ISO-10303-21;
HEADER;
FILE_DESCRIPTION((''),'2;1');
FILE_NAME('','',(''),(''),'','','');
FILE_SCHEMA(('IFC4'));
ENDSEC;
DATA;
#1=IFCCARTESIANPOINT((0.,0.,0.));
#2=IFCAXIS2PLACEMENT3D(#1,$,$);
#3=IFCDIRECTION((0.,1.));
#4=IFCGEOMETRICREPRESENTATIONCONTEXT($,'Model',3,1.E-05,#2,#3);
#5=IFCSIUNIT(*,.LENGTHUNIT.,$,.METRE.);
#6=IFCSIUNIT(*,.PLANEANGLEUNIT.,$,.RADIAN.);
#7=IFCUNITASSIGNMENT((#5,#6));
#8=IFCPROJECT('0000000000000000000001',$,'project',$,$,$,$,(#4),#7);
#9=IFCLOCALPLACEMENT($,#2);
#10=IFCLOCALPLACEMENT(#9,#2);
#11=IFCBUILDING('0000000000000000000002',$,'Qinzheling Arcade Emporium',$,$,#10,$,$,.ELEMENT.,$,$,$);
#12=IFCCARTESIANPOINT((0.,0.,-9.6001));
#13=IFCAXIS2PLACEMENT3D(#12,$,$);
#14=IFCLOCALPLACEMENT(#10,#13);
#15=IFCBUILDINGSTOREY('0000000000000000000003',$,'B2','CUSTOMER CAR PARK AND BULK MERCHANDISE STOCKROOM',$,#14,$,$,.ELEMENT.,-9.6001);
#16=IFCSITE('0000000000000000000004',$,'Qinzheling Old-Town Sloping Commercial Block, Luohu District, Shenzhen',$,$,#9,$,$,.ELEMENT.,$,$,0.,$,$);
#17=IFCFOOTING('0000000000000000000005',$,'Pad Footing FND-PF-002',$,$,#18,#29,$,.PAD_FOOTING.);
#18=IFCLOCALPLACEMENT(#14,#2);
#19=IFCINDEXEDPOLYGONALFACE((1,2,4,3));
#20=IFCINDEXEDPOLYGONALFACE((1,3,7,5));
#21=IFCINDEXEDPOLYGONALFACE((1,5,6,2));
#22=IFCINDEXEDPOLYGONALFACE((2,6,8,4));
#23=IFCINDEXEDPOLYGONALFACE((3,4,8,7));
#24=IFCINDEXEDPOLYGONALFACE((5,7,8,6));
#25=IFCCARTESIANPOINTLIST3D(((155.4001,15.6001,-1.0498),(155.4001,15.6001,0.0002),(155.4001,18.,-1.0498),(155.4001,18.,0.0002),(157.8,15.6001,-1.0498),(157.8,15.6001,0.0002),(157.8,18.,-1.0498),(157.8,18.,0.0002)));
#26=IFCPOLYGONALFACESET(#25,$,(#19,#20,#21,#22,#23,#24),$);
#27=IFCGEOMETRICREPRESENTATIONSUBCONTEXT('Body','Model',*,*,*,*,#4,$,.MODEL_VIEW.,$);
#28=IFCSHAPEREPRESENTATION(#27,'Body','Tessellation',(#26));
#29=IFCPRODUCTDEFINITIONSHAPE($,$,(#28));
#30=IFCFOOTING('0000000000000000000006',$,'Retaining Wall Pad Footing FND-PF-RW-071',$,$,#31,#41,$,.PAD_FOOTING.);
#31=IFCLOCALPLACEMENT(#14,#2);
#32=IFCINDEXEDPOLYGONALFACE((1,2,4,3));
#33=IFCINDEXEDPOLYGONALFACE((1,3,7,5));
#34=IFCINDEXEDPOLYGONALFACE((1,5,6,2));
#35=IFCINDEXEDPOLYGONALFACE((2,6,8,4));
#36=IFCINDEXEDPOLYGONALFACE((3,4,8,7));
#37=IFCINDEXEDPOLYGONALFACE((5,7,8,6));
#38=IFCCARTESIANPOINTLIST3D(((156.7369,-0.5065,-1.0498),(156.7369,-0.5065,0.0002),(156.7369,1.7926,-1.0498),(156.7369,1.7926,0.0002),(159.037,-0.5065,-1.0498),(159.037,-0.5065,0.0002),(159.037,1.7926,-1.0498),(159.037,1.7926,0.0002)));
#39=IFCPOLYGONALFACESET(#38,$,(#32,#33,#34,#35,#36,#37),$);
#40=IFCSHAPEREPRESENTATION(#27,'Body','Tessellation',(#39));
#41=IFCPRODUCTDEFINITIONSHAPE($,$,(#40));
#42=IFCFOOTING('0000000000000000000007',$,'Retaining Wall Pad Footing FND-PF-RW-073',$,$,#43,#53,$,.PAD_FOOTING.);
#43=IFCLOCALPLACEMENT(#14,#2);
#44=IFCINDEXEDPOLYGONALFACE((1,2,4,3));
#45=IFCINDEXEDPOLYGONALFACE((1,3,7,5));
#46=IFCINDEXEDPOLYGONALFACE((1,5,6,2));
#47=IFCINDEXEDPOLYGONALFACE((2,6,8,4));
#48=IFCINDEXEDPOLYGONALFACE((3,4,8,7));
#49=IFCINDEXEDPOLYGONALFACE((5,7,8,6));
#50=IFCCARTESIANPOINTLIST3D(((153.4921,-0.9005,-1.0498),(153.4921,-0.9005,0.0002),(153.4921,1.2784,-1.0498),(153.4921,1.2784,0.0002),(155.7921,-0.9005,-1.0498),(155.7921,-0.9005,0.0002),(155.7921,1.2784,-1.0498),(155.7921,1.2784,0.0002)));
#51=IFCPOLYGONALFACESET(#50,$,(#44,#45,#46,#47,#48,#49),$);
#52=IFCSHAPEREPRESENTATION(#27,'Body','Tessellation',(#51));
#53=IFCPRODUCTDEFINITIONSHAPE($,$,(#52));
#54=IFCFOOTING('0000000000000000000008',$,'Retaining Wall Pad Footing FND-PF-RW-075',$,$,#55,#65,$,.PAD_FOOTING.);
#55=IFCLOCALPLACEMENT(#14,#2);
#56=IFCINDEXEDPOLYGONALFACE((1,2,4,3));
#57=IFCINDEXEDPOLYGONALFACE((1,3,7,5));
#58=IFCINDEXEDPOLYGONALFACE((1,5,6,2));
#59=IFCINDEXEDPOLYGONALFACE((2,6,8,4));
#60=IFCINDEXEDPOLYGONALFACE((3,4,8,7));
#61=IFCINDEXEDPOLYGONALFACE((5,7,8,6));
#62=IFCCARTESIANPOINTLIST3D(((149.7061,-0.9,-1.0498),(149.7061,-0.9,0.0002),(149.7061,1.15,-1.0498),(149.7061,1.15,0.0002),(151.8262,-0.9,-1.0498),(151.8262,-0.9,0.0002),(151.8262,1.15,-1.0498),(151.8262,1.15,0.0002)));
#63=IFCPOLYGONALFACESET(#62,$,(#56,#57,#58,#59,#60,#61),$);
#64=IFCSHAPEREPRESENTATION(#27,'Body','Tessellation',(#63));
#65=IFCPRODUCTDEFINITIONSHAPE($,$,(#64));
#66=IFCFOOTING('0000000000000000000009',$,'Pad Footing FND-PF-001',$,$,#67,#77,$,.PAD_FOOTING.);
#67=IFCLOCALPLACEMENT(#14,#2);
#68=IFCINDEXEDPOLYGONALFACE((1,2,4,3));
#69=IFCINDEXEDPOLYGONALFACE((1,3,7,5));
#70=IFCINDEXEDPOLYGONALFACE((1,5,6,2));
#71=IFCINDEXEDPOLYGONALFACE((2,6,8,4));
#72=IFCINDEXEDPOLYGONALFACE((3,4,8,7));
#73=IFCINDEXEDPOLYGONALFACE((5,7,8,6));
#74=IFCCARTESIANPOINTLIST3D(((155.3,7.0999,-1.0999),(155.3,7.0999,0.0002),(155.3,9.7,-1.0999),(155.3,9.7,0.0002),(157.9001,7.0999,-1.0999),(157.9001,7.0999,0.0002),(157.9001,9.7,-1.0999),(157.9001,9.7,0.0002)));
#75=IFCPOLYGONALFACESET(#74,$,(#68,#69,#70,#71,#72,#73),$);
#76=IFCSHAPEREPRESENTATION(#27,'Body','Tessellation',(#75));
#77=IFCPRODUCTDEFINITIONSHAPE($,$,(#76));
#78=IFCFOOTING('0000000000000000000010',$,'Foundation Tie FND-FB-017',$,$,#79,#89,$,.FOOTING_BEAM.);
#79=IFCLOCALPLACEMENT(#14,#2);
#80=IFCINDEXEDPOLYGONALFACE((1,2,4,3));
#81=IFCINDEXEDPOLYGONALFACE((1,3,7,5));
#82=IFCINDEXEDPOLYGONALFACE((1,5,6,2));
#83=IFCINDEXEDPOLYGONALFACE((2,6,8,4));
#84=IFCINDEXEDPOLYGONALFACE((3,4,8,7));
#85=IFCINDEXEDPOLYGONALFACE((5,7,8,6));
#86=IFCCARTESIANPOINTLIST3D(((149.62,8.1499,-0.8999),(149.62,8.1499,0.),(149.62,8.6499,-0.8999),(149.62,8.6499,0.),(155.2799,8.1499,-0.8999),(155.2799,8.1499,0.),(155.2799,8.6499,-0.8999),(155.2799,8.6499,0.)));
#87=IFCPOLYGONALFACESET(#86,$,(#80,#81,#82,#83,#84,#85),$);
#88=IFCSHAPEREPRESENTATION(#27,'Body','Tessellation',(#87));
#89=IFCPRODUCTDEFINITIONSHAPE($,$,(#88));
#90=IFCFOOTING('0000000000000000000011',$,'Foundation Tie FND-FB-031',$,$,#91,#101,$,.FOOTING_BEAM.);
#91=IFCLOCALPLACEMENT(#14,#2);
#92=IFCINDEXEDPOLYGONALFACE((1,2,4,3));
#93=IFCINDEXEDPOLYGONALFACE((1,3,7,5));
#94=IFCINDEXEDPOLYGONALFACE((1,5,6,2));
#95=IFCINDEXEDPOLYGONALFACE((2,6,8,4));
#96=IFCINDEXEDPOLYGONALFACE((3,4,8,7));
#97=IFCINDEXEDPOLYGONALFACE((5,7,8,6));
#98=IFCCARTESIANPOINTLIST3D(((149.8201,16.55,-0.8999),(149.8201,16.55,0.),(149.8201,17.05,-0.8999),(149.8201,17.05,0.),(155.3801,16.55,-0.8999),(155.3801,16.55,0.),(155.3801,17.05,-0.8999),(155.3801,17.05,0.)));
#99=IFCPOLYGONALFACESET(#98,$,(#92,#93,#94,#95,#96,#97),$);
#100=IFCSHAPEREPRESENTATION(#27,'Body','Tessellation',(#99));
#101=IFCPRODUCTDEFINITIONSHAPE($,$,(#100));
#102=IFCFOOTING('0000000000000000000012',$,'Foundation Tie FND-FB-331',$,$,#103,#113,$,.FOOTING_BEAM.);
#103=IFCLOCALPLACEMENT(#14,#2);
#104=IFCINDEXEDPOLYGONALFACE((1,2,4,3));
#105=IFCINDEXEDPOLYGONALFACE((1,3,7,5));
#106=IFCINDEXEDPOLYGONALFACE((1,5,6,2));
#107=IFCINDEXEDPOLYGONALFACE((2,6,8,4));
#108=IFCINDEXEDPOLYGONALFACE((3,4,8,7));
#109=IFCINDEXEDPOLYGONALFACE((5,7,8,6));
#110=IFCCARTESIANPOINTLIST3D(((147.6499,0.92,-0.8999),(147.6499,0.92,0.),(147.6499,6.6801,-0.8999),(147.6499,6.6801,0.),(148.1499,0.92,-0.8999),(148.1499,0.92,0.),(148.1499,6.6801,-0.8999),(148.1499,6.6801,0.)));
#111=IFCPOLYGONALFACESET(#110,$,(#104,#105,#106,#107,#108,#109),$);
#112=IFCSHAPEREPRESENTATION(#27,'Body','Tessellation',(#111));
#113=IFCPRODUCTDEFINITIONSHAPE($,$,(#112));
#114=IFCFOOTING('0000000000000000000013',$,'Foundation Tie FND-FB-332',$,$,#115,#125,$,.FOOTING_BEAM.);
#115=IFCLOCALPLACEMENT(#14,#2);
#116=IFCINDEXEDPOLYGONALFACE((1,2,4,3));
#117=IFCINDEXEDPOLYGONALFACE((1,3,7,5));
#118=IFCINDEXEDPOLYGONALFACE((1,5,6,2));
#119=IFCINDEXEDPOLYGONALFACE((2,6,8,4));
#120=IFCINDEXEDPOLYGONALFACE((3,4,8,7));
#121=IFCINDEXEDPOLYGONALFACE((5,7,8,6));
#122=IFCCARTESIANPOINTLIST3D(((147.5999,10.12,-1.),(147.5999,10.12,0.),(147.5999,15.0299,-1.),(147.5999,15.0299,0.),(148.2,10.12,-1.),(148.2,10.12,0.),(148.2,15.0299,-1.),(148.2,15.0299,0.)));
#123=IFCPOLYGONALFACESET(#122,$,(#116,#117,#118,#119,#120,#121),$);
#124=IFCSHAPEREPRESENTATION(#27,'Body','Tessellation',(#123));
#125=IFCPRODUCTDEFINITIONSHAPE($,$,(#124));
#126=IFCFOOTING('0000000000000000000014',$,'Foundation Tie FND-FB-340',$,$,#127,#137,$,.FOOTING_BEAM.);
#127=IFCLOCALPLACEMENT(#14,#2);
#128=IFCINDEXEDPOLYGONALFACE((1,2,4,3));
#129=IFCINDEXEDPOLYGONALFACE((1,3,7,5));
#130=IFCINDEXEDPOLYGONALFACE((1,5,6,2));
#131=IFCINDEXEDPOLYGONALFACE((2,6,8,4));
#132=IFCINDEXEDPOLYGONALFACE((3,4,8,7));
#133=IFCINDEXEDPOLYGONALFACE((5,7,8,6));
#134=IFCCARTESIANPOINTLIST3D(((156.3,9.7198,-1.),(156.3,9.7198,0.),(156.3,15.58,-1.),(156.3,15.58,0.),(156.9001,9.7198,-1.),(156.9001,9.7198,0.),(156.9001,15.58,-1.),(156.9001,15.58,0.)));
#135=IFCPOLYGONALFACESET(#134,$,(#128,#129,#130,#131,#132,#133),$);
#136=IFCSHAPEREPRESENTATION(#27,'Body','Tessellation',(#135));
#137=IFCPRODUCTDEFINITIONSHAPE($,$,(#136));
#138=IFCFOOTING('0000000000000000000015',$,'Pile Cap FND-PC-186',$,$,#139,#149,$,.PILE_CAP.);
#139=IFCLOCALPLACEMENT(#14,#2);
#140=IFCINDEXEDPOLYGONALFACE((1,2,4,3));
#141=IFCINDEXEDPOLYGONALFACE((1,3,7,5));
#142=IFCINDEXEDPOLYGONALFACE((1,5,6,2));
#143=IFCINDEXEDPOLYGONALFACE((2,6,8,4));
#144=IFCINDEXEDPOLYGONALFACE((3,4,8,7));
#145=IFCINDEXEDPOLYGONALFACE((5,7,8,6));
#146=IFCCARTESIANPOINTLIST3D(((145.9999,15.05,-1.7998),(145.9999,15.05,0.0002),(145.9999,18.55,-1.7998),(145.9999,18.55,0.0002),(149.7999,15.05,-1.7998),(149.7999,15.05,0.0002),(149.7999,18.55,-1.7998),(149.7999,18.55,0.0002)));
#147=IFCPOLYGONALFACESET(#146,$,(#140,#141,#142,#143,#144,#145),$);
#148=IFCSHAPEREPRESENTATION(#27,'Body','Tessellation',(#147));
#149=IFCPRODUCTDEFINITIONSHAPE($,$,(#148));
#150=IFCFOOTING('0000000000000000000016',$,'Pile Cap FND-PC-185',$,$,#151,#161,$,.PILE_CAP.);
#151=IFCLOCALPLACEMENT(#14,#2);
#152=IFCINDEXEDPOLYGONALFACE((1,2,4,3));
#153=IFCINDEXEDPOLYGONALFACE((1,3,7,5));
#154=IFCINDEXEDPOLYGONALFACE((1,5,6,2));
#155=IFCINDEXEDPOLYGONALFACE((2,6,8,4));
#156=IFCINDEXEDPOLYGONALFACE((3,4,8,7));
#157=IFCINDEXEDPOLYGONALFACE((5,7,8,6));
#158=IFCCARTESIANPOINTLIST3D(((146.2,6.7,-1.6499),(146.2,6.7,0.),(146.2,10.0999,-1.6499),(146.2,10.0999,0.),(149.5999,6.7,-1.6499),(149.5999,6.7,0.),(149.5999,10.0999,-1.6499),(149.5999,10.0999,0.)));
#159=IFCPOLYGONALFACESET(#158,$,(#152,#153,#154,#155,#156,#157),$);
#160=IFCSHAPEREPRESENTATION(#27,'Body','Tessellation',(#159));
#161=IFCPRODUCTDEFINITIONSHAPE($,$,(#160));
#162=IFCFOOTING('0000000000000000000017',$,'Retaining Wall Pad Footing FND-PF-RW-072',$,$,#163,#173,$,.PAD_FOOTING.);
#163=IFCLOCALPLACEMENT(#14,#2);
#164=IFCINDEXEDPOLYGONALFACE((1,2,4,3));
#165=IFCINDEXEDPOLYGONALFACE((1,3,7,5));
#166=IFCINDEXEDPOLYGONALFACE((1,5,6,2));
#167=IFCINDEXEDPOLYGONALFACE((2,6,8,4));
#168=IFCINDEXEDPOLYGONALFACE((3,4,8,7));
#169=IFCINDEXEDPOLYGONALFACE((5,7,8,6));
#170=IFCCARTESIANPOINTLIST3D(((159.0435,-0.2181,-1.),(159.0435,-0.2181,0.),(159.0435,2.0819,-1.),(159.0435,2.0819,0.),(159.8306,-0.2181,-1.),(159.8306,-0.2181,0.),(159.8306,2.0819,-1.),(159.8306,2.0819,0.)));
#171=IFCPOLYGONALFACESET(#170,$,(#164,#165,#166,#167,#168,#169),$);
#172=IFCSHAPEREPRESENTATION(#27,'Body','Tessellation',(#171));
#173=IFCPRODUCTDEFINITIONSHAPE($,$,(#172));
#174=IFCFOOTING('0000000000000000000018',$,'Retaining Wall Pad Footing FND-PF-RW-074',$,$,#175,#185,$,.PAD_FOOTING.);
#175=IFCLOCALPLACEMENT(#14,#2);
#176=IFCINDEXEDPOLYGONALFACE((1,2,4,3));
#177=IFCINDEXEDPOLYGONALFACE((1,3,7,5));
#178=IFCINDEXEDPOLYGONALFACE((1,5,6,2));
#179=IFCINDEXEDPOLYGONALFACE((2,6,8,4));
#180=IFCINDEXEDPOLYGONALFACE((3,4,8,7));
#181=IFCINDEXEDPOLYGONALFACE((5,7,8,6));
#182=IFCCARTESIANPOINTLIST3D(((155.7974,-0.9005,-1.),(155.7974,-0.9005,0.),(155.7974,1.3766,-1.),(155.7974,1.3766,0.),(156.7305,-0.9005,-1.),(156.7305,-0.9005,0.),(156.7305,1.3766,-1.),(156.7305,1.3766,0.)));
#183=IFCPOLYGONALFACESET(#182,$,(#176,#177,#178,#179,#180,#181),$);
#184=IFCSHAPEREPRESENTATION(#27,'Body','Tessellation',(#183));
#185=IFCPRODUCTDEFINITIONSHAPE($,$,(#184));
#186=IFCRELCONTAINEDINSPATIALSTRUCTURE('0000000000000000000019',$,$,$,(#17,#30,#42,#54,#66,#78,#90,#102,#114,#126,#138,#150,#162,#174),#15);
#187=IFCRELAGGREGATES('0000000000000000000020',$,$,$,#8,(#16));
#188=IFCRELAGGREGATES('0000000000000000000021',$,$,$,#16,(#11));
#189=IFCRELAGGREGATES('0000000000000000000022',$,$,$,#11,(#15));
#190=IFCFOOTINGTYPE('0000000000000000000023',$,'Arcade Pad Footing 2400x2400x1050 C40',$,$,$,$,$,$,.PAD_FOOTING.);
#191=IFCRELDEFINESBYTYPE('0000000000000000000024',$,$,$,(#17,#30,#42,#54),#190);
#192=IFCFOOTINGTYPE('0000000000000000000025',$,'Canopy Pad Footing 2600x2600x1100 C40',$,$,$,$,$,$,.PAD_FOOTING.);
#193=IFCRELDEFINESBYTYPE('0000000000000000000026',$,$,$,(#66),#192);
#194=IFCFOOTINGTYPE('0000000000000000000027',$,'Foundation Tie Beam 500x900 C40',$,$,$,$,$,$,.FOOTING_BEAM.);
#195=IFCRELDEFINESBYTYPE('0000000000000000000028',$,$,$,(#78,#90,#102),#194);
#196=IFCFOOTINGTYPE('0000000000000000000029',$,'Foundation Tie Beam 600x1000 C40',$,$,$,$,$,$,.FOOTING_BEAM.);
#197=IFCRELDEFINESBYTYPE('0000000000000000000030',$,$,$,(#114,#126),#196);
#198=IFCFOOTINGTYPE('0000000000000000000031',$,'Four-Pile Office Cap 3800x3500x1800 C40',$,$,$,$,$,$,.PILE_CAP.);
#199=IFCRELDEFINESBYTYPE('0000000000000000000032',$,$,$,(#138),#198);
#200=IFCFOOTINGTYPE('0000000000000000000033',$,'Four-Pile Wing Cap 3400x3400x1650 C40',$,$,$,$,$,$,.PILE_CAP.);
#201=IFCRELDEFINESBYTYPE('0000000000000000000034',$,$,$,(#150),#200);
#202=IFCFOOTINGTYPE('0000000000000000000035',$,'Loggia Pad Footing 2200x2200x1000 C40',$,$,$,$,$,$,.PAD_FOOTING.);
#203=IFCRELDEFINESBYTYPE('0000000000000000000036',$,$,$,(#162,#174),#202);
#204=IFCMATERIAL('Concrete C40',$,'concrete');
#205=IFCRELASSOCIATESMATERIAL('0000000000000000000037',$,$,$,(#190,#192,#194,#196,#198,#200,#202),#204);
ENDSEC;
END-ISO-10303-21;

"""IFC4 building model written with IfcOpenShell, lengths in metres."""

from ifc_helpers import new_model, si_unit, direction, frame, origin, origin_2d, place, context, subcontext, project, spatial, rectangle, extrude, material, type_object, element, save


model = new_model("IFC4")

# Units and contexts
model_context = context("Model", 3, precision=1e-05, world=origin(), true_north=direction((0.0, 1.0)))
body_context = subcontext(model_context, "Body", "Model", "MODEL_VIEW")
ifc_project = project(units=[si_unit("LENGTHUNIT", "METRE"), si_unit("PLANEANGLEUNIT", "RADIAN")], contexts=[model_context])

# Site, building, storey
site_placement = place(None, origin())
site = spatial("IfcSite", under=ifc_project, at=site_placement, Name="Qinzheling Old-Town Sloping Commercial Block, Luohu District, Shenzhen", CompositionType="ELEMENT", RefElevation=0.0)
building_placement = place(site_placement, origin())
building = spatial("IfcBuilding", under=site, at=building_placement, Name="Qinzheling Arcade Emporium", CompositionType="ELEMENT")
storey_placement = place(building_placement, frame((0.0, 0.0, -9.6001)))
storey = spatial("IfcBuildingStorey", under=building, at=storey_placement, Name="B2", Description="CUSTOMER CAR PARK AND BULK MERCHANDISE STOCKROOM", CompositionType="ELEMENT", Elevation=-9.6001)

# Footings
ifc_material_1 = material(Name="Concrete C40", Category="concrete")
footing_type_1 = type_object("IfcFootingType", Name="Arcade Pad Footing 2400x2400x1050 C40", PredefinedType="PAD_FOOTING", material=ifc_material_1)
footing_1_placement = place(storey_placement, frame((156.6001, 16.8, -1.0498), z_axis=(0.0, 0.0, 1.0), x_axis=(1.0, 0.0, 0.0)))
element("IfcFooting", 1, at=footing_1_placement, inside=storey, type_object=footing_type_1, Name="Pad Footing FND-PF-002", PredefinedType="PAD_FOOTING", context=body_context, shape_type="SweptSolid", body=[
    extrude(rectangle(XDim=2.3999, YDim=2.3999, at=origin_2d()), origin(), (0.0, 0.0, 1.0), 1.05),
])
footing_2_placement = place(storey_placement, frame((157.887, 0.6431, -1.0498), z_axis=(0.0, 0.0, 1.0), x_axis=(1.0, 0.0, 0.0)))
element("IfcFooting", 2, at=footing_2_placement, inside=storey, type_object=footing_type_1, Name="Retaining Wall Pad Footing FND-PF-RW-071", PredefinedType="PAD_FOOTING", context=body_context, shape_type="SweptSolid", body=[
    extrude(rectangle(XDim=2.3, YDim=2.2991, at=origin_2d()), origin(), (0.0, 0.0, 1.0), 1.05),
])
footing_3_placement = place(storey_placement, frame((154.6421, 0.189, -1.0498), z_axis=(0.0, 0.0, 1.0), x_axis=(1.0, 0.0, 0.0)))
element("IfcFooting", 3, at=footing_3_placement, inside=storey, type_object=footing_type_1, Name="Retaining Wall Pad Footing FND-PF-RW-073", PredefinedType="PAD_FOOTING", context=body_context, shape_type="SweptSolid", body=[
    extrude(rectangle(XDim=2.3, YDim=2.179, at=origin_2d()), origin(), (0.0, 0.0, 1.0), 1.05),
])
footing_4_placement = place(storey_placement, frame((150.7661, 0.125, -1.0498), z_axis=(0.0, 0.0, 1.0), x_axis=(1.0, 0.0, 0.0)))
element("IfcFooting", 4, at=footing_4_placement, inside=storey, type_object=footing_type_1, Name="Retaining Wall Pad Footing FND-PF-RW-075", PredefinedType="PAD_FOOTING", context=body_context, shape_type="SweptSolid", body=[
    extrude(rectangle(XDim=2.1201, YDim=2.05, at=origin_2d()), origin(), (0.0, 0.0, 1.0), 1.05),
])
footing_type_2 = type_object("IfcFootingType", Name="Canopy Pad Footing 2600x2600x1100 C40", PredefinedType="PAD_FOOTING", material=ifc_material_1)
footing_5_placement = place(storey_placement, frame((156.6001, 8.3999, -1.0999), z_axis=(0.0, 0.0, 1.0), x_axis=(1.0, 0.0, 0.0)))
element("IfcFooting", 5, at=footing_5_placement, inside=storey, type_object=footing_type_2, Name="Pad Footing FND-PF-001", PredefinedType="PAD_FOOTING", context=body_context, shape_type="SweptSolid", body=[
    extrude(rectangle(XDim=2.6001, YDim=2.6001, at=origin_2d()), origin(), (0.0, 0.0, 1.0), 1.1001),
])
footing_type_3 = type_object("IfcFootingType", Name="Foundation Tie Beam 500x900 C40", PredefinedType="FOOTING_BEAM", material=ifc_material_1)
footing_6_placement = place(storey_placement, frame((152.45, 8.3999, -0.8999), z_axis=(0.0, 0.0, 1.0), x_axis=(1.0, 0.0, 0.0)))
element("IfcFooting", 6, at=footing_6_placement, inside=storey, type_object=footing_type_3, Name="Foundation Tie FND-FB-017", PredefinedType="FOOTING_BEAM", context=body_context, shape_type="SweptSolid", body=[
    extrude(rectangle(XDim=5.6599, YDim=0.5, at=origin_2d()), origin(), (0.0, 0.0, 1.0), 0.8999),
])
footing_7_placement = place(storey_placement, frame((152.6001, 16.8, -0.8999), z_axis=(0.0, 0.0, 1.0), x_axis=(1.0, 0.0, 0.0)))
element("IfcFooting", 7, at=footing_7_placement, inside=storey, type_object=footing_type_3, Name="Foundation Tie FND-FB-031", PredefinedType="FOOTING_BEAM", context=body_context, shape_type="SweptSolid", body=[
    extrude(rectangle(XDim=5.5601, YDim=0.5, at=origin_2d()), origin(), (0.0, 0.0, 1.0), 0.8999),
])
footing_8_placement = place(storey_placement, frame((147.8999, 3.8, -0.8999), z_axis=(0.0, 0.0, 1.0), x_axis=(1.0, 0.0, 0.0)))
element("IfcFooting", 8, at=footing_8_placement, inside=storey, type_object=footing_type_3, Name="Foundation Tie FND-FB-331", PredefinedType="FOOTING_BEAM", context=body_context, shape_type="SweptSolid", body=[
    extrude(rectangle(XDim=0.5, YDim=5.76, at=origin_2d()), origin(), (0.0, 0.0, 1.0), 0.8999),
])
footing_type_4 = type_object("IfcFootingType", Name="Foundation Tie Beam 600x1000 C40", PredefinedType="FOOTING_BEAM", material=ifc_material_1)
footing_9_placement = place(storey_placement, frame((147.8999, 12.575, -1.0), z_axis=(0.0, 0.0, 1.0), x_axis=(1.0, 0.0, 0.0)))
element("IfcFooting", 9, at=footing_9_placement, inside=storey, type_object=footing_type_4, Name="Foundation Tie FND-FB-332", PredefinedType="FOOTING_BEAM", context=body_context, shape_type="SweptSolid", body=[
    extrude(rectangle(XDim=0.6001, YDim=4.9099, at=origin_2d()), origin(), (0.0, 0.0, 1.0), 1.0),
])
footing_10_placement = place(storey_placement, frame((156.6001, 12.6499, -1.0), z_axis=(0.0, 0.0, 1.0), x_axis=(1.0, 0.0, 0.0)))
element("IfcFooting", 10, at=footing_10_placement, inside=storey, type_object=footing_type_4, Name="Foundation Tie FND-FB-340", PredefinedType="FOOTING_BEAM", context=body_context, shape_type="SweptSolid", body=[
    extrude(rectangle(XDim=0.6001, YDim=5.8601, at=origin_2d()), origin(), (0.0, 0.0, 1.0), 1.0),
])
footing_type_5 = type_object("IfcFootingType", Name="Four-Pile Office Cap 3800x3500x1800 C40", PredefinedType="PILE_CAP", material=ifc_material_1)
footing_11_placement = place(storey_placement, frame((147.8999, 16.8, -1.7998), z_axis=(0.0, 0.0, 1.0), x_axis=(1.0, 0.0, 0.0)))
element("IfcFooting", 11, at=footing_11_placement, inside=storey, type_object=footing_type_5, Name="Pile Cap FND-PC-186", PredefinedType="PILE_CAP", context=body_context, shape_type="SweptSolid", body=[
    extrude(rectangle(XDim=3.8, YDim=3.5, at=origin_2d()), origin(), (0.0, 0.0, 1.0), 1.8),
])
footing_type_6 = type_object("IfcFootingType", Name="Four-Pile Wing Cap 3400x3400x1650 C40", PredefinedType="PILE_CAP", material=ifc_material_1)
footing_12_placement = place(storey_placement, frame((147.8999, 8.3999, -1.6499), z_axis=(0.0, 0.0, 1.0), x_axis=(1.0, 0.0, 0.0)))
element("IfcFooting", 12, at=footing_12_placement, inside=storey, type_object=footing_type_6, Name="Pile Cap FND-PC-185", PredefinedType="PILE_CAP", context=body_context, shape_type="SweptSolid", body=[
    extrude(rectangle(XDim=3.3999, YDim=3.3999, at=origin_2d()), origin(), (0.0, 0.0, 1.0), 1.6499),
])
footing_type_7 = type_object("IfcFootingType", Name="Loggia Pad Footing 2200x2200x1000 C40", PredefinedType="PAD_FOOTING", material=ifc_material_1)
footing_13_placement = place(storey_placement, frame((159.437, 0.9319, -1.0), z_axis=(0.0, 0.0, 1.0), x_axis=(1.0, 0.0, 0.0)))
element("IfcFooting", 13, at=footing_13_placement, inside=storey, type_object=footing_type_7, Name="Retaining Wall Pad Footing FND-PF-RW-072", PredefinedType="PAD_FOOTING", context=body_context, shape_type="SweptSolid", body=[
    extrude(rectangle(XDim=0.7871, YDim=2.3, at=origin_2d()), origin(), (0.0, 0.0, 1.0), 1.0),
])
footing_14_placement = place(storey_placement, frame((156.2639, 0.238, -1.0), z_axis=(0.0, 0.0, 1.0), x_axis=(1.0, 0.0, 0.0)))
element("IfcFooting", 14, at=footing_14_placement, inside=storey, type_object=footing_type_7, Name="Retaining Wall Pad Footing FND-PF-RW-074", PredefinedType="PAD_FOOTING", context=body_context, shape_type="SweptSolid", body=[
    extrude(rectangle(XDim=0.9331, YDim=2.2771, at=origin_2d()), origin(), (0.0, 0.0, 1.0), 1.0),
])

save(model, "model.ifc")
